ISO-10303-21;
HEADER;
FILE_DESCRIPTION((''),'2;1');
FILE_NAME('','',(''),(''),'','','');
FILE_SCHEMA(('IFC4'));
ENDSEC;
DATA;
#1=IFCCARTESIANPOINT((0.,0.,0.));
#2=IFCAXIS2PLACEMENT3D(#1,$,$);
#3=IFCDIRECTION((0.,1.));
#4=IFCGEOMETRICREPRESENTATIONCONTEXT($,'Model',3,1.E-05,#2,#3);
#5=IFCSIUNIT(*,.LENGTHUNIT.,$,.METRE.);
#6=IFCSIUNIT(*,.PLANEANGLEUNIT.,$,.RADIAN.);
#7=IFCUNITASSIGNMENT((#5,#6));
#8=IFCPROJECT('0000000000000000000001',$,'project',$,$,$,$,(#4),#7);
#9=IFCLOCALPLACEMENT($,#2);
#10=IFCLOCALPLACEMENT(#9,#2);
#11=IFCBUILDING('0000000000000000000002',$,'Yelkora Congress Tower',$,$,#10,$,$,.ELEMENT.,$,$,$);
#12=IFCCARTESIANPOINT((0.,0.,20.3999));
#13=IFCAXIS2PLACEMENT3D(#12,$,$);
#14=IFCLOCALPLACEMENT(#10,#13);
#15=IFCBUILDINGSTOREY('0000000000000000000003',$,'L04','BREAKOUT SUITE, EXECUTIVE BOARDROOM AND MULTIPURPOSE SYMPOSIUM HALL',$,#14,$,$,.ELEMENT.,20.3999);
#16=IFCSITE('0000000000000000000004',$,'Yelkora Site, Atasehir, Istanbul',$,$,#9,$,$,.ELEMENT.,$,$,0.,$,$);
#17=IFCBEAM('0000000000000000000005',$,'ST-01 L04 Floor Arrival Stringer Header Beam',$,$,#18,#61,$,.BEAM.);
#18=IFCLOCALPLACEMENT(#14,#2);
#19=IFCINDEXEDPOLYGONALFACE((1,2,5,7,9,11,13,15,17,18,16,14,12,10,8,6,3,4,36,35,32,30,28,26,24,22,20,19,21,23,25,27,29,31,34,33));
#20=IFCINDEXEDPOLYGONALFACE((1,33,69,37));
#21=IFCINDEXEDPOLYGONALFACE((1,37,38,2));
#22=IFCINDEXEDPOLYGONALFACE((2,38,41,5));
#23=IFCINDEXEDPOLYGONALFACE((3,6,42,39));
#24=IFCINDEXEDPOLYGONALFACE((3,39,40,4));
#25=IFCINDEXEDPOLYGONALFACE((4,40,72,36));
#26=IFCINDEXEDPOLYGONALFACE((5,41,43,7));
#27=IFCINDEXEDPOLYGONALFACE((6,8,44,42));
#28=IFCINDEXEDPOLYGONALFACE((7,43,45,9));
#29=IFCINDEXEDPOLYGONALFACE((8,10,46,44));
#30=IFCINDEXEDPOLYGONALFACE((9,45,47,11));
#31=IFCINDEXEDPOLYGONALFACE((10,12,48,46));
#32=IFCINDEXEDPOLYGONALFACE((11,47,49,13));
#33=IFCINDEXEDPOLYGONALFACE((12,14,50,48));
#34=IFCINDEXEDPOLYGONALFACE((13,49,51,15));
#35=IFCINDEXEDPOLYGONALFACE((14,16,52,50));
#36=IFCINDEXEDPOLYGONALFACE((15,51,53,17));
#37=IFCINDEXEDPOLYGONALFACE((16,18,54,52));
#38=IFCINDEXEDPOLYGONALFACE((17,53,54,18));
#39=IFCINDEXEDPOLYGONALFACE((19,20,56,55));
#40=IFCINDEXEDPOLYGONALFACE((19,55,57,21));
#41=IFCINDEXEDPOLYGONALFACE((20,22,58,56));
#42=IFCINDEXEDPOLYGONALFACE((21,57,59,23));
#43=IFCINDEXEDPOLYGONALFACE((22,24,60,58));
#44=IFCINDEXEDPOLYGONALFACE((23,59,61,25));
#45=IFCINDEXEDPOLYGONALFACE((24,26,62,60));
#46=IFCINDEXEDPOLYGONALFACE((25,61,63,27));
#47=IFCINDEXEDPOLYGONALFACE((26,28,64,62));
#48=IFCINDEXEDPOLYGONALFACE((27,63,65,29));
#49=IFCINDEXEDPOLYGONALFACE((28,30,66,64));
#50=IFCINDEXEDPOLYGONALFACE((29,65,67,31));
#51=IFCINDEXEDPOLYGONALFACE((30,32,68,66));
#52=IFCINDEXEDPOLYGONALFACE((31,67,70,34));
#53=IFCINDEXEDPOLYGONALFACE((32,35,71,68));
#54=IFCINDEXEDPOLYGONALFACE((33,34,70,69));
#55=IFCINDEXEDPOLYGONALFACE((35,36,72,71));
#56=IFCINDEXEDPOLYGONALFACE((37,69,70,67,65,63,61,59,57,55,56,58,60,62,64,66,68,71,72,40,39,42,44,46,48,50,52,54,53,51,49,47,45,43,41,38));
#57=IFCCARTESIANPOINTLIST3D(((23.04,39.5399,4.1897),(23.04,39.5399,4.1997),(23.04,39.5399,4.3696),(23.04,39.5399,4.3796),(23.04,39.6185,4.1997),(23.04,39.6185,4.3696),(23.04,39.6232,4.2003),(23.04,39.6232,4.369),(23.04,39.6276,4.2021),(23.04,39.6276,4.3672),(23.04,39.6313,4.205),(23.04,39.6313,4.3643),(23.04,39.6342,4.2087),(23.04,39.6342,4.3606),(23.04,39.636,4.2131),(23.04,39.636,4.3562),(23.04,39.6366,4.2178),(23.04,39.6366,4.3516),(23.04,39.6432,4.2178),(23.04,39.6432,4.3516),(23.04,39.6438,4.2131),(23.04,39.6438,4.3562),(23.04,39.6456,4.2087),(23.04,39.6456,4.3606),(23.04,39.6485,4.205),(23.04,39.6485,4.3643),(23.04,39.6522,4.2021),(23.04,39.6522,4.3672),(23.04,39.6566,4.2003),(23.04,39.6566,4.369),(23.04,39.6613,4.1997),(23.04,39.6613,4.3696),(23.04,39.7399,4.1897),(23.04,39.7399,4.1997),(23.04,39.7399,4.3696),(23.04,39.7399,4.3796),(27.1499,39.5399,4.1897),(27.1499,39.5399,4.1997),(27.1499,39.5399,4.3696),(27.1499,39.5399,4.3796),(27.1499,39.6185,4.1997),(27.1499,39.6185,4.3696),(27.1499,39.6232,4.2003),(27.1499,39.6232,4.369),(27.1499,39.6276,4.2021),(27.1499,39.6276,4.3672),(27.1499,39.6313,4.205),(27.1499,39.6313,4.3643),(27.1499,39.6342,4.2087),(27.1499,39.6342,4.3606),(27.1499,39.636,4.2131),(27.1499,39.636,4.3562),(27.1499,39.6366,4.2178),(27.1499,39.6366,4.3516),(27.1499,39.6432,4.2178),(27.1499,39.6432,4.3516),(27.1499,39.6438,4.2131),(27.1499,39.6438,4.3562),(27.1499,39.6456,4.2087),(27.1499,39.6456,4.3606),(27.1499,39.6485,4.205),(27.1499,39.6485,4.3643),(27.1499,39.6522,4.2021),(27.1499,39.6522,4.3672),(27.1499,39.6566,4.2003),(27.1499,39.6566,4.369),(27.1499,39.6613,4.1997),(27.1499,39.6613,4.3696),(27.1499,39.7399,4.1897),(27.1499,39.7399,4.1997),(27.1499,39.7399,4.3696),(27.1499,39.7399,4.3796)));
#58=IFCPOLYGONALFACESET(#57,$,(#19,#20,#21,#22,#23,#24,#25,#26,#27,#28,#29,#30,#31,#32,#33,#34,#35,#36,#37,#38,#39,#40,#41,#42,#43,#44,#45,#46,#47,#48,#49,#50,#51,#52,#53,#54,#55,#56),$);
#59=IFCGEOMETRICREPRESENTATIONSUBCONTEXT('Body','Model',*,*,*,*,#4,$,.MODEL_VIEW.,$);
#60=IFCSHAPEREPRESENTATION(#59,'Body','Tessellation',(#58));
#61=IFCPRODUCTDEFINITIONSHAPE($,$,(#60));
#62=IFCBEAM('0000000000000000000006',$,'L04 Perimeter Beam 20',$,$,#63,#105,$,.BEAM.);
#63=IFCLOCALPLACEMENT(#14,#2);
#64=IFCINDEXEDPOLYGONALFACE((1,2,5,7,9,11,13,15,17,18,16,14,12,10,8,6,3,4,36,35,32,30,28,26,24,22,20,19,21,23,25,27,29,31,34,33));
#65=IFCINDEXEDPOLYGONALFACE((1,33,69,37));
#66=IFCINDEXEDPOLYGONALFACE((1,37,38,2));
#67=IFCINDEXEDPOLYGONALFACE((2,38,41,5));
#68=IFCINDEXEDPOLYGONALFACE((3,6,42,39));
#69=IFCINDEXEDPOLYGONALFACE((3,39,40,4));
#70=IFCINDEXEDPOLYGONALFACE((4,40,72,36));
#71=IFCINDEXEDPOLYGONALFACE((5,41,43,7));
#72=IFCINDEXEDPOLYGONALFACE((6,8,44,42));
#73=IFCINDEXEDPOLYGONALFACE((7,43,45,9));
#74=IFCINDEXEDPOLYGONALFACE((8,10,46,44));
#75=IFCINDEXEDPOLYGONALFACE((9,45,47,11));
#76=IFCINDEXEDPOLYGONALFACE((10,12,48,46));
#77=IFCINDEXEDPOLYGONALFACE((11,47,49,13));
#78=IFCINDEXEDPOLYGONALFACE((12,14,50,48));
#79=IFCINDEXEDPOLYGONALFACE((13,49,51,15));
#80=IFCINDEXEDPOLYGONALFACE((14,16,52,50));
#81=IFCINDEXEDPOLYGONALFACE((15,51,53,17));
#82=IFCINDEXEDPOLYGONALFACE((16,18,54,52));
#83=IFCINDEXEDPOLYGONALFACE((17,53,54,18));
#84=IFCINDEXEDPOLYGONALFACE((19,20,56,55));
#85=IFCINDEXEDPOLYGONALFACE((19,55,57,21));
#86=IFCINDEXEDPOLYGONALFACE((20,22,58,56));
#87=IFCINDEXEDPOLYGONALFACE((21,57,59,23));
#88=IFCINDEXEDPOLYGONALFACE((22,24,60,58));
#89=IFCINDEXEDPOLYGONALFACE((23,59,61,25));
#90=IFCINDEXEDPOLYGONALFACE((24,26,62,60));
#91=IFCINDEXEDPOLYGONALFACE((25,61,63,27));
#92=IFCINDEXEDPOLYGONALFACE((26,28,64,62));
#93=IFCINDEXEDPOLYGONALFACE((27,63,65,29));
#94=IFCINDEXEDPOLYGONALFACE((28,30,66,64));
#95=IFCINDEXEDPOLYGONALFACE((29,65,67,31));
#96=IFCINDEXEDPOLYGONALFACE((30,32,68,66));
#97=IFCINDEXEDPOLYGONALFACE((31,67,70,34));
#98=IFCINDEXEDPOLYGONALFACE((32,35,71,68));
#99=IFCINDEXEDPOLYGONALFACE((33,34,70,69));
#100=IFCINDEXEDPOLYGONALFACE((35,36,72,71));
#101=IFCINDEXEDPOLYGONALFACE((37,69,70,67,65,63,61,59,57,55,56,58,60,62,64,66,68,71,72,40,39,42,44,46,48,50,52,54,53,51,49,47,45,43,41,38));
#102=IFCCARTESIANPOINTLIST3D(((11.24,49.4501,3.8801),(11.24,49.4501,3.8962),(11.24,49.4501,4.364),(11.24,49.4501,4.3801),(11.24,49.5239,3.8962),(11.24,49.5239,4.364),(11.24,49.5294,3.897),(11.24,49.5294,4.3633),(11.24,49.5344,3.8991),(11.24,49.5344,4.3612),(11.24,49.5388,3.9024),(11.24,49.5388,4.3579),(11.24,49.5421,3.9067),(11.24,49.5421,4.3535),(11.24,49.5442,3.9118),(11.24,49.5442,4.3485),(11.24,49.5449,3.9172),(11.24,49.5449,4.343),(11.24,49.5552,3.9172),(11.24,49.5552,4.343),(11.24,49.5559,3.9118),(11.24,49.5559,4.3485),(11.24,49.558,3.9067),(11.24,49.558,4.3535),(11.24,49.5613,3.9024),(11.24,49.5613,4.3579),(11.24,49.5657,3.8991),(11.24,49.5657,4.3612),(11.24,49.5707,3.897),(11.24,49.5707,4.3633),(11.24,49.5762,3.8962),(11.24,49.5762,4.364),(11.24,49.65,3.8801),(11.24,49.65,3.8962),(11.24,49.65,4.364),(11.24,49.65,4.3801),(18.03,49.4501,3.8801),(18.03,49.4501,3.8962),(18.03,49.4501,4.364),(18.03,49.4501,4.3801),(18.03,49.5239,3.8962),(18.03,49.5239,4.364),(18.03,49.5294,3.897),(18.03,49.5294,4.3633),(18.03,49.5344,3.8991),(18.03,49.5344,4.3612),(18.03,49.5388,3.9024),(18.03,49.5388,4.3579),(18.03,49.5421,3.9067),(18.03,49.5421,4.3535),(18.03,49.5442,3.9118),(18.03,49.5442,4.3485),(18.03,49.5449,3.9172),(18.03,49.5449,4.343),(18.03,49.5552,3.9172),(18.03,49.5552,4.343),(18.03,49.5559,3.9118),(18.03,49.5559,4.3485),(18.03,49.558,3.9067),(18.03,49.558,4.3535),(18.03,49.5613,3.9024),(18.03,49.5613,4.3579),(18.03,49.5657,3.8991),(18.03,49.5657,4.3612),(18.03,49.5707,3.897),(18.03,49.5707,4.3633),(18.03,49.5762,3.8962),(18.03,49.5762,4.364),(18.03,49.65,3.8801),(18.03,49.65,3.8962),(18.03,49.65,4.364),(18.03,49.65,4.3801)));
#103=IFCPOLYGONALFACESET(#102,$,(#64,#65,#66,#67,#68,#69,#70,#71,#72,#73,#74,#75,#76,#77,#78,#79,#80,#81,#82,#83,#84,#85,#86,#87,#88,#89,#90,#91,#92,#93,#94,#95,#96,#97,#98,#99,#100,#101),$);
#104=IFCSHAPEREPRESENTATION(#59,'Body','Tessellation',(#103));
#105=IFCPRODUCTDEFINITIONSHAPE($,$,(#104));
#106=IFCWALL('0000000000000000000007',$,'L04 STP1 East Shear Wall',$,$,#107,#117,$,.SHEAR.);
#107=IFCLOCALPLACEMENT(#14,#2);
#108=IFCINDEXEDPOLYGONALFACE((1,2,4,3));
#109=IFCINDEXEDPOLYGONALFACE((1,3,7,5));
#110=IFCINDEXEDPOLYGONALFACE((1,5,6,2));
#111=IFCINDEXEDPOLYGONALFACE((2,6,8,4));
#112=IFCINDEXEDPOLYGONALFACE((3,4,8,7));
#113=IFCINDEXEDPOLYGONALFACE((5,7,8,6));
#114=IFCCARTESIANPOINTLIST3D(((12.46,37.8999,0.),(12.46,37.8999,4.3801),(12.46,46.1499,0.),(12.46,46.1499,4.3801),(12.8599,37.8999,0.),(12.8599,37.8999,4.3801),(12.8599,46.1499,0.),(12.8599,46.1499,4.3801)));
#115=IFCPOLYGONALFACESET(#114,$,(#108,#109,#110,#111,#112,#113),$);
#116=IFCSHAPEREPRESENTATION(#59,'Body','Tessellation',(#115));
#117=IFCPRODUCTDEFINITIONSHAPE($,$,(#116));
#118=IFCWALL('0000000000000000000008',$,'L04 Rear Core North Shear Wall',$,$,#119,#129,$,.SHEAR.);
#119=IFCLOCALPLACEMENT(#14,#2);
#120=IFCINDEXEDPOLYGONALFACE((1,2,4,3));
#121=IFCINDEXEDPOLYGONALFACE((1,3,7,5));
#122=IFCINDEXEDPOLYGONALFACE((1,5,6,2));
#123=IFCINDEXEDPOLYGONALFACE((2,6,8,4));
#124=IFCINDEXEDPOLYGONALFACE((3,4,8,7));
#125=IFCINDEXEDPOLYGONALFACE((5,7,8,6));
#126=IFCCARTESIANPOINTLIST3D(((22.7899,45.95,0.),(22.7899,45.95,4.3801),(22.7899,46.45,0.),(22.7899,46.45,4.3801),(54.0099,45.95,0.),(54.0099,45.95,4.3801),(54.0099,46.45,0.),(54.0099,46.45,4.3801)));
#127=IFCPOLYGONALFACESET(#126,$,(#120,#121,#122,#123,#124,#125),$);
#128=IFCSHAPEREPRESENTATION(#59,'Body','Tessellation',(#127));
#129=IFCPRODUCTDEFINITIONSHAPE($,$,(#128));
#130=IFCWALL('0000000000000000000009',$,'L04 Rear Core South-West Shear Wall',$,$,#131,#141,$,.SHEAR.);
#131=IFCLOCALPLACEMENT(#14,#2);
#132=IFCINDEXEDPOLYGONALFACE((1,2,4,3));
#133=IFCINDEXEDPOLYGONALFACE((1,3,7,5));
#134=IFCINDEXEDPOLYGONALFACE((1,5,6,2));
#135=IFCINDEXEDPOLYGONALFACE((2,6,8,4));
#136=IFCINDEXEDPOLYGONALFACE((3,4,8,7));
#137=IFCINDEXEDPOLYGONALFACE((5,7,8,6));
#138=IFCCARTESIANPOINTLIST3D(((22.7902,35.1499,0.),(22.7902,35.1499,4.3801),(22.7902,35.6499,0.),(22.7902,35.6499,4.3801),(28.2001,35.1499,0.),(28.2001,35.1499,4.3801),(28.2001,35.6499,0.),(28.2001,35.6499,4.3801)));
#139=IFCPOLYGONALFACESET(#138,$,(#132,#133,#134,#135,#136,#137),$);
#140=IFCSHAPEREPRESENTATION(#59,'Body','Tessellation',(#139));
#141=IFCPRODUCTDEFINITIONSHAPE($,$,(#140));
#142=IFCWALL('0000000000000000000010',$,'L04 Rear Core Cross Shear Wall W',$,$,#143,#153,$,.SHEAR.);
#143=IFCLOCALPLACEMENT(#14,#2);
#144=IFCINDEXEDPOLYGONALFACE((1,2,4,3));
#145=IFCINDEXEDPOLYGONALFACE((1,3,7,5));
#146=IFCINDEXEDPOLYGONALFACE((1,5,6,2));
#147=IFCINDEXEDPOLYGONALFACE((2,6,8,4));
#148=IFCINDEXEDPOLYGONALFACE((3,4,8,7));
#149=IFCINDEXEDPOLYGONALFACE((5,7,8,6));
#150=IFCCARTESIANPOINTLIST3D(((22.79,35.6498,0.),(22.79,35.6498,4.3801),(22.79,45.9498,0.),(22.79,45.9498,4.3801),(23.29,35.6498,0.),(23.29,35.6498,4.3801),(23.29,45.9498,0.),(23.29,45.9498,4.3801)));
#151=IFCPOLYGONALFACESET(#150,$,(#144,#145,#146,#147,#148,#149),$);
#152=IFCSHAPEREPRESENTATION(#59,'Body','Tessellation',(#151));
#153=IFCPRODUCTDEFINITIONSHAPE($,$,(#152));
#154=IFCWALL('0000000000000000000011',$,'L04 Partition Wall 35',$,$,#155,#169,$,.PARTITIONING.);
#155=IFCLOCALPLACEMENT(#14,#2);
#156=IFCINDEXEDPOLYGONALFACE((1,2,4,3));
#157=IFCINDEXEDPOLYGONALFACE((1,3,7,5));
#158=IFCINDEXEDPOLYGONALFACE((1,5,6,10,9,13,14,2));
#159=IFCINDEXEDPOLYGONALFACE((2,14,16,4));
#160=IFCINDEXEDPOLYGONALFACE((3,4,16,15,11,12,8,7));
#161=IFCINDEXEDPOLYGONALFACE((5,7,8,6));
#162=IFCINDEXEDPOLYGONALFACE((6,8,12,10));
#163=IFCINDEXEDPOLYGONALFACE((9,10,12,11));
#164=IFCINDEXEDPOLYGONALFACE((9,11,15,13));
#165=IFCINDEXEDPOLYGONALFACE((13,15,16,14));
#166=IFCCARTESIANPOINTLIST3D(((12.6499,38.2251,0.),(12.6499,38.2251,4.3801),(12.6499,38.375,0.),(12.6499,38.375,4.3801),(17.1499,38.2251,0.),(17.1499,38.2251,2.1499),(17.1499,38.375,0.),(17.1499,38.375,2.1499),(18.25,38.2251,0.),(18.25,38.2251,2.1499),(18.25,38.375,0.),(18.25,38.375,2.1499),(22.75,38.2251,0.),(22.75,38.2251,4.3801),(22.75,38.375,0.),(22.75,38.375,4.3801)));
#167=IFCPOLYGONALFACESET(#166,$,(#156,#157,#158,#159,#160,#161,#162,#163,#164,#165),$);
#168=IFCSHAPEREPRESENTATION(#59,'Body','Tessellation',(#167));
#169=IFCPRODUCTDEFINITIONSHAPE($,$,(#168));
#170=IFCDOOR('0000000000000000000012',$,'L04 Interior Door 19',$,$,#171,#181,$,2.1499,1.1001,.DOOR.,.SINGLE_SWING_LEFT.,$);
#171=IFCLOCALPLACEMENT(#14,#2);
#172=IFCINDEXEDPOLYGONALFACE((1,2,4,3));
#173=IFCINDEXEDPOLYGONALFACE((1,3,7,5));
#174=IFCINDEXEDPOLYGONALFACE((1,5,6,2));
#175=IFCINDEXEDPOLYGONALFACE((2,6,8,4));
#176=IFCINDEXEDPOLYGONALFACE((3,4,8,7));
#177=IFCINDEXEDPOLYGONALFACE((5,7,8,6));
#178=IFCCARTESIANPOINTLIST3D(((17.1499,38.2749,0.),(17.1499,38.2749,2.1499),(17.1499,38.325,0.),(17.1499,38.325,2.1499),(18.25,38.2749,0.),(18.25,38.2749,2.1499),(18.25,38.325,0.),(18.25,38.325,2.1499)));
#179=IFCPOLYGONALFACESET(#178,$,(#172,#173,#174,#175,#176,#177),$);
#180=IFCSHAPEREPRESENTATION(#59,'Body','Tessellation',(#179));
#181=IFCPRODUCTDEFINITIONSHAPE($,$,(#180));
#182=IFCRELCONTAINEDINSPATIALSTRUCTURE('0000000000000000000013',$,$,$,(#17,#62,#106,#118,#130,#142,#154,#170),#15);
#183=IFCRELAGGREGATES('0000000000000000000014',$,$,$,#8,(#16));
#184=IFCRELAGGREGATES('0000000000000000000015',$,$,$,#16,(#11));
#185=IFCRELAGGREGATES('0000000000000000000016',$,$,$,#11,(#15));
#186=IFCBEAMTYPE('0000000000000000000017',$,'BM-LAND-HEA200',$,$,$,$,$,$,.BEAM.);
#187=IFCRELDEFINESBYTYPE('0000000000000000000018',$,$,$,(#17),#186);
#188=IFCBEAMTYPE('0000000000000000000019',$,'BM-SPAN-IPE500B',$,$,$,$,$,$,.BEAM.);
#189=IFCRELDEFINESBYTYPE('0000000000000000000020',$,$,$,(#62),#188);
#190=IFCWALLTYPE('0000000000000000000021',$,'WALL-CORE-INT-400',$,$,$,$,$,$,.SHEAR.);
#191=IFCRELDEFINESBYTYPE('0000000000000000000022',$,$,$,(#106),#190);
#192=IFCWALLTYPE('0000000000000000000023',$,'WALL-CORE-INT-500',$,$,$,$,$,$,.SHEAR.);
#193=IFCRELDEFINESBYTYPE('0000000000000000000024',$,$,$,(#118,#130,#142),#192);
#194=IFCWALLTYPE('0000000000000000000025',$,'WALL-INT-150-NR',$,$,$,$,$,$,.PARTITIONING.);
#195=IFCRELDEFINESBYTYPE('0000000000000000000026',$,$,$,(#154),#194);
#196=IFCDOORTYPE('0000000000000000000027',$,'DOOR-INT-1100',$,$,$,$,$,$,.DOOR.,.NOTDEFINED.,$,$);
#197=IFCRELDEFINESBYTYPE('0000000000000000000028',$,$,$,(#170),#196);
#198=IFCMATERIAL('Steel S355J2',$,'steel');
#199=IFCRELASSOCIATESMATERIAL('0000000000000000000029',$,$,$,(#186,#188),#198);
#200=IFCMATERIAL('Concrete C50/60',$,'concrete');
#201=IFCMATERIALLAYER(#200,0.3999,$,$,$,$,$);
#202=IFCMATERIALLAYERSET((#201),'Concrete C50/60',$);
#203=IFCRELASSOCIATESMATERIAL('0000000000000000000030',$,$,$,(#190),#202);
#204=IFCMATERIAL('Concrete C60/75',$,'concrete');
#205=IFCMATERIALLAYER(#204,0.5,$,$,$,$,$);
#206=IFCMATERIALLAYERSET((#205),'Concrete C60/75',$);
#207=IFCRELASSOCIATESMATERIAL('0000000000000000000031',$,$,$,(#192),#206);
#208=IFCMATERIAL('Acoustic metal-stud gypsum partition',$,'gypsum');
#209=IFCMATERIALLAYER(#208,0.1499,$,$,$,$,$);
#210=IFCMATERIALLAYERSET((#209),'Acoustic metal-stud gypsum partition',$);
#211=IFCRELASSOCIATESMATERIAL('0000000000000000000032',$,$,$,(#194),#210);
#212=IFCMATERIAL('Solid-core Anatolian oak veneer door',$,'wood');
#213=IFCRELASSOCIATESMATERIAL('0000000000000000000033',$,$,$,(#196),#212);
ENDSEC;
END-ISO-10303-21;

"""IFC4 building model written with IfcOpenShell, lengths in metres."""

from ifc_helpers import new_model, si_unit, direction, frame, frame_2d, origin, origin_2d, place, context, subcontext, project, spatial, rectangle, i_section, extrude, material, layer, layer_set, material_profile, profile_set, type_object, element, fill, save


model = new_model("IFC4")

# Units and contexts
model_context = context("Model", 3, precision=1e-05, world=origin(), true_north=direction((0.0, 1.0)))
body_context = subcontext(model_context, "Body", "Model", "MODEL_VIEW")
ifc_project = project(units=[si_unit("LENGTHUNIT", "METRE"), si_unit("PLANEANGLEUNIT", "RADIAN")], contexts=[model_context])

# Site, building, storey
site_placement = place(None, origin())
site = spatial("IfcSite", under=ifc_project, at=site_placement, Name="Yelkora Site, Atasehir, Istanbul", CompositionType="ELEMENT", RefElevation=0.0)
building_placement = place(site_placement, origin())
building = spatial("IfcBuilding", under=site, at=building_placement, Name="Yelkora Congress Tower", CompositionType="ELEMENT")
storey_placement = place(building_placement, frame((0.0, 0.0, 20.3999)))
storey = spatial("IfcBuildingStorey", under=building, at=storey_placement, Name="L04", Description="BREAKOUT SUITE, EXECUTIVE BOARDROOM AND MULTIPURPOSE SYMPOSIUM HALL", CompositionType="ELEMENT", Elevation=20.3999)

# Shared definitions
ifc_material_1 = material(Name="Concrete C60/75", Category="concrete")
ifc_material_2 = material(Name="Concrete C50/60", Category="concrete")

# Beams
ifc_material_3 = material(Name="Steel S355J2", Category="steel")
ifc_material_profile_1 = material_profile(ifc_material_3, i_section(OverallWidth=0.2, OverallDepth=0.1899, WebThickness=0.0066, FlangeThickness=0.01, FilletRadius=0.0181, at=origin_2d()), Name="HEA 200")
ifc_profile_set_1 = profile_set([ifc_material_profile_1], Name="Steel S355J2")
beam_type_1 = type_object("IfcBeamType", Name="BM-LAND-HEA200", PredefinedType="BEAM", material=ifc_profile_set_1)
beam_1_placement = place(storey_placement, frame((23.04, 39.6399, 4.2847), z_axis=(1.0, 0.0, 0.0), x_axis=(0.0, 1.0, 0.0)))
element("IfcBeam", 1, at=beam_1_placement, inside=storey, type_object=beam_type_1, Name="ST-01 L04 Floor Arrival Stringer Header Beam", PredefinedType="BEAM", context=body_context, shape_type="SweptSolid", body=[
    extrude(i_section(OverallWidth=0.2, OverallDepth=0.1899, WebThickness=0.0066, FlangeThickness=0.01, FilletRadius=0.0181, at=origin_2d()), origin(), (0.0, 0.0, 1.0), 4.1099),
])
ifc_material_profile_2 = material_profile(ifc_material_3, i_section(OverallWidth=0.2, OverallDepth=0.5, WebThickness=0.0103, FlangeThickness=0.0161, FilletRadius=0.021, at=origin_2d()), Name="IPE 500")
ifc_profile_set_2 = profile_set([ifc_material_profile_2], Name="Steel S355J2")
beam_type_2 = type_object("IfcBeamType", Name="BM-SPAN-IPE500B", PredefinedType="BEAM", material=ifc_profile_set_2)
beam_2_placement = place(storey_placement, frame((18.03, 49.55, 4.1301), z_axis=(-1.0, 0.0, 0.0), x_axis=(0.0, -1.0, 0.0)))
element("IfcBeam", 2, at=beam_2_placement, inside=storey, type_object=beam_type_2, Name="L04 Perimeter Beam 20", PredefinedType="BEAM", context=body_context, shape_type="SweptSolid", body=[
    extrude(i_section(OverallWidth=0.2, OverallDepth=0.5, WebThickness=0.0103, FlangeThickness=0.0161, FilletRadius=0.021, at=origin_2d()), origin(), (0.0, 0.0, 1.0), 6.79),
])

# Walls
ifc_layer_1 = layer(ifc_material_2, 0.3999)
ifc_layer_set_1 = layer_set([ifc_layer_1], Name="Concrete C50/60")
wall_type_1 = type_object("IfcWallType", Name="WALL-CORE-INT-400", PredefinedType="SHEAR", material=ifc_layer_set_1)
wall_1_placement = place(storey_placement, frame((12.6599, 37.8999, 0.0), z_axis=(0.0, 0.0, 1.0), x_axis=(0.0, 1.0, 0.0)))
element("IfcWall", 3, at=wall_1_placement, inside=storey, type_object=wall_type_1, Name="L04 STP1 East Shear Wall", PredefinedType="SHEAR", context=body_context, shape_type="SweptSolid", body=[
    extrude(rectangle(XDim=8.25, YDim=0.3999, at=frame_2d((4.125, 0.0))), origin(), (0.0, 0.0, 1.0), 4.3801),
])
ifc_layer_2 = layer(ifc_material_1, 0.5)
ifc_layer_set_2 = layer_set([ifc_layer_2], Name="Concrete C60/75")
wall_type_2 = type_object("IfcWallType", Name="WALL-CORE-INT-500", PredefinedType="SHEAR", material=ifc_layer_set_2)
wall_2_placement = place(storey_placement, frame((22.79, 46.2, 0.0), z_axis=(0.0, 0.0, 1.0), x_axis=(1.0, 0.0, 0.0)))
element("IfcWall", 4, at=wall_2_placement, inside=storey, type_object=wall_type_2, Name="L04 Rear Core North Shear Wall", PredefinedType="SHEAR", context=body_context, shape_type="SweptSolid", body=[
    extrude(rectangle(XDim=31.22, YDim=0.5, at=frame_2d((15.6099, 0.0))), origin(), (0.0, 0.0, 1.0), 4.3801),
])
wall_3_placement = place(storey_placement, frame((22.79, 35.3999, 0.0), z_axis=(0.0, 0.0, 1.0), x_axis=(1.0, 0.0, 0.0)))
element("IfcWall", 5, at=wall_3_placement, inside=storey, type_object=wall_type_2, Name="L04 Rear Core South-West Shear Wall", PredefinedType="SHEAR", context=body_context, shape_type="SweptSolid", body=[
    extrude(rectangle(XDim=5.4099, YDim=0.5, at=frame_2d((2.7051, 0.0))), origin(), (0.0, 0.0, 1.0), 4.3801),
])
wall_4_placement = place(storey_placement, frame((23.04, 35.6499, 0.0), z_axis=(0.0, 0.0, 1.0), x_axis=(0.0, 1.0, 0.0)))
element("IfcWall", 6, at=wall_4_placement, inside=storey, type_object=wall_type_2, Name="L04 Rear Core Cross Shear Wall W", PredefinedType="SHEAR", context=body_context, shape_type="SweptSolid", body=[
    extrude(rectangle(XDim=10.3, YDim=0.5, at=frame_2d((5.1499, 0.0))), origin(), (0.0, 0.0, 1.0), 4.3801),
])

# Wall, opening, door
ifc_material_4 = material(Name="Acoustic metal-stud gypsum partition", Category="gypsum")
ifc_layer_3 = layer(ifc_material_4, 0.1499)
ifc_layer_set_3 = layer_set([ifc_layer_3], Name="Acoustic metal-stud gypsum partition")
wall_type_3 = type_object("IfcWallType", Name="WALL-INT-150-NR", PredefinedType="PARTITIONING", material=ifc_layer_set_3)
wall_5_placement = place(storey_placement, frame((12.6499, 38.3, 0.0), z_axis=(0.0, 0.0, 1.0), x_axis=(1.0, 0.0, 0.0)))
wall_5 = element("IfcWall", 7, at=wall_5_placement, inside=storey, type_object=wall_type_3, Name="L04 Partition Wall 35", PredefinedType="PARTITIONING", context=body_context, shape_type="SweptSolid", body=[
    extrude(rectangle(XDim=10.1001, YDim=0.1499, at=frame_2d((5.05, 0.0))), origin(), (0.0, 0.0, 1.0), 4.3801),
])
opening_placement = place(wall_5_placement, frame((4.5, 0.0, 0.0)))
opening = element("IfcOpeningElement", 8, at=opening_placement, cuts=wall_5, PredefinedType="OPENING", context=body_context, shape_type="SweptSolid", body=[
    extrude(rectangle(XDim=1.1001, YDim=2.1499, at=frame_2d((0.55, 1.075))), frame((0.0, 0.085, 0.0), z_axis=(0.0, -1.0, 0.0), x_axis=(1.0, 0.0, 0.0)), (0.0, 0.0, 1.0), 0.1699),
])
ifc_material_5 = material(Name="Solid-core Anatolian oak veneer door", Category="wood")
door_type = type_object("IfcDoorType", Name="DOOR-INT-1100", OperationType="NOTDEFINED", PredefinedType="DOOR", material=ifc_material_5)
door_placement = place(opening_placement, origin())
door = element("IfcDoor", 9, at=door_placement, inside=storey, type_object=door_type, Name="L04 Interior Door 19", OperationType="SINGLE_SWING_LEFT", OverallHeight=2.1499, OverallWidth=1.1001, PredefinedType="DOOR", context=body_context, shape_type="SweptSolid", body=[
    extrude(rectangle(XDim=1.1001, YDim=2.1499, at=frame_2d((0.55, 1.075))), frame((0.0, 0.0249, 0.0), z_axis=(0.0, -1.0, 0.0), x_axis=(1.0, 0.0, 0.0)), (0.0, 0.0, 1.0), 0.05),
])
fill(opening, door)

save(model, "model.ifc")
